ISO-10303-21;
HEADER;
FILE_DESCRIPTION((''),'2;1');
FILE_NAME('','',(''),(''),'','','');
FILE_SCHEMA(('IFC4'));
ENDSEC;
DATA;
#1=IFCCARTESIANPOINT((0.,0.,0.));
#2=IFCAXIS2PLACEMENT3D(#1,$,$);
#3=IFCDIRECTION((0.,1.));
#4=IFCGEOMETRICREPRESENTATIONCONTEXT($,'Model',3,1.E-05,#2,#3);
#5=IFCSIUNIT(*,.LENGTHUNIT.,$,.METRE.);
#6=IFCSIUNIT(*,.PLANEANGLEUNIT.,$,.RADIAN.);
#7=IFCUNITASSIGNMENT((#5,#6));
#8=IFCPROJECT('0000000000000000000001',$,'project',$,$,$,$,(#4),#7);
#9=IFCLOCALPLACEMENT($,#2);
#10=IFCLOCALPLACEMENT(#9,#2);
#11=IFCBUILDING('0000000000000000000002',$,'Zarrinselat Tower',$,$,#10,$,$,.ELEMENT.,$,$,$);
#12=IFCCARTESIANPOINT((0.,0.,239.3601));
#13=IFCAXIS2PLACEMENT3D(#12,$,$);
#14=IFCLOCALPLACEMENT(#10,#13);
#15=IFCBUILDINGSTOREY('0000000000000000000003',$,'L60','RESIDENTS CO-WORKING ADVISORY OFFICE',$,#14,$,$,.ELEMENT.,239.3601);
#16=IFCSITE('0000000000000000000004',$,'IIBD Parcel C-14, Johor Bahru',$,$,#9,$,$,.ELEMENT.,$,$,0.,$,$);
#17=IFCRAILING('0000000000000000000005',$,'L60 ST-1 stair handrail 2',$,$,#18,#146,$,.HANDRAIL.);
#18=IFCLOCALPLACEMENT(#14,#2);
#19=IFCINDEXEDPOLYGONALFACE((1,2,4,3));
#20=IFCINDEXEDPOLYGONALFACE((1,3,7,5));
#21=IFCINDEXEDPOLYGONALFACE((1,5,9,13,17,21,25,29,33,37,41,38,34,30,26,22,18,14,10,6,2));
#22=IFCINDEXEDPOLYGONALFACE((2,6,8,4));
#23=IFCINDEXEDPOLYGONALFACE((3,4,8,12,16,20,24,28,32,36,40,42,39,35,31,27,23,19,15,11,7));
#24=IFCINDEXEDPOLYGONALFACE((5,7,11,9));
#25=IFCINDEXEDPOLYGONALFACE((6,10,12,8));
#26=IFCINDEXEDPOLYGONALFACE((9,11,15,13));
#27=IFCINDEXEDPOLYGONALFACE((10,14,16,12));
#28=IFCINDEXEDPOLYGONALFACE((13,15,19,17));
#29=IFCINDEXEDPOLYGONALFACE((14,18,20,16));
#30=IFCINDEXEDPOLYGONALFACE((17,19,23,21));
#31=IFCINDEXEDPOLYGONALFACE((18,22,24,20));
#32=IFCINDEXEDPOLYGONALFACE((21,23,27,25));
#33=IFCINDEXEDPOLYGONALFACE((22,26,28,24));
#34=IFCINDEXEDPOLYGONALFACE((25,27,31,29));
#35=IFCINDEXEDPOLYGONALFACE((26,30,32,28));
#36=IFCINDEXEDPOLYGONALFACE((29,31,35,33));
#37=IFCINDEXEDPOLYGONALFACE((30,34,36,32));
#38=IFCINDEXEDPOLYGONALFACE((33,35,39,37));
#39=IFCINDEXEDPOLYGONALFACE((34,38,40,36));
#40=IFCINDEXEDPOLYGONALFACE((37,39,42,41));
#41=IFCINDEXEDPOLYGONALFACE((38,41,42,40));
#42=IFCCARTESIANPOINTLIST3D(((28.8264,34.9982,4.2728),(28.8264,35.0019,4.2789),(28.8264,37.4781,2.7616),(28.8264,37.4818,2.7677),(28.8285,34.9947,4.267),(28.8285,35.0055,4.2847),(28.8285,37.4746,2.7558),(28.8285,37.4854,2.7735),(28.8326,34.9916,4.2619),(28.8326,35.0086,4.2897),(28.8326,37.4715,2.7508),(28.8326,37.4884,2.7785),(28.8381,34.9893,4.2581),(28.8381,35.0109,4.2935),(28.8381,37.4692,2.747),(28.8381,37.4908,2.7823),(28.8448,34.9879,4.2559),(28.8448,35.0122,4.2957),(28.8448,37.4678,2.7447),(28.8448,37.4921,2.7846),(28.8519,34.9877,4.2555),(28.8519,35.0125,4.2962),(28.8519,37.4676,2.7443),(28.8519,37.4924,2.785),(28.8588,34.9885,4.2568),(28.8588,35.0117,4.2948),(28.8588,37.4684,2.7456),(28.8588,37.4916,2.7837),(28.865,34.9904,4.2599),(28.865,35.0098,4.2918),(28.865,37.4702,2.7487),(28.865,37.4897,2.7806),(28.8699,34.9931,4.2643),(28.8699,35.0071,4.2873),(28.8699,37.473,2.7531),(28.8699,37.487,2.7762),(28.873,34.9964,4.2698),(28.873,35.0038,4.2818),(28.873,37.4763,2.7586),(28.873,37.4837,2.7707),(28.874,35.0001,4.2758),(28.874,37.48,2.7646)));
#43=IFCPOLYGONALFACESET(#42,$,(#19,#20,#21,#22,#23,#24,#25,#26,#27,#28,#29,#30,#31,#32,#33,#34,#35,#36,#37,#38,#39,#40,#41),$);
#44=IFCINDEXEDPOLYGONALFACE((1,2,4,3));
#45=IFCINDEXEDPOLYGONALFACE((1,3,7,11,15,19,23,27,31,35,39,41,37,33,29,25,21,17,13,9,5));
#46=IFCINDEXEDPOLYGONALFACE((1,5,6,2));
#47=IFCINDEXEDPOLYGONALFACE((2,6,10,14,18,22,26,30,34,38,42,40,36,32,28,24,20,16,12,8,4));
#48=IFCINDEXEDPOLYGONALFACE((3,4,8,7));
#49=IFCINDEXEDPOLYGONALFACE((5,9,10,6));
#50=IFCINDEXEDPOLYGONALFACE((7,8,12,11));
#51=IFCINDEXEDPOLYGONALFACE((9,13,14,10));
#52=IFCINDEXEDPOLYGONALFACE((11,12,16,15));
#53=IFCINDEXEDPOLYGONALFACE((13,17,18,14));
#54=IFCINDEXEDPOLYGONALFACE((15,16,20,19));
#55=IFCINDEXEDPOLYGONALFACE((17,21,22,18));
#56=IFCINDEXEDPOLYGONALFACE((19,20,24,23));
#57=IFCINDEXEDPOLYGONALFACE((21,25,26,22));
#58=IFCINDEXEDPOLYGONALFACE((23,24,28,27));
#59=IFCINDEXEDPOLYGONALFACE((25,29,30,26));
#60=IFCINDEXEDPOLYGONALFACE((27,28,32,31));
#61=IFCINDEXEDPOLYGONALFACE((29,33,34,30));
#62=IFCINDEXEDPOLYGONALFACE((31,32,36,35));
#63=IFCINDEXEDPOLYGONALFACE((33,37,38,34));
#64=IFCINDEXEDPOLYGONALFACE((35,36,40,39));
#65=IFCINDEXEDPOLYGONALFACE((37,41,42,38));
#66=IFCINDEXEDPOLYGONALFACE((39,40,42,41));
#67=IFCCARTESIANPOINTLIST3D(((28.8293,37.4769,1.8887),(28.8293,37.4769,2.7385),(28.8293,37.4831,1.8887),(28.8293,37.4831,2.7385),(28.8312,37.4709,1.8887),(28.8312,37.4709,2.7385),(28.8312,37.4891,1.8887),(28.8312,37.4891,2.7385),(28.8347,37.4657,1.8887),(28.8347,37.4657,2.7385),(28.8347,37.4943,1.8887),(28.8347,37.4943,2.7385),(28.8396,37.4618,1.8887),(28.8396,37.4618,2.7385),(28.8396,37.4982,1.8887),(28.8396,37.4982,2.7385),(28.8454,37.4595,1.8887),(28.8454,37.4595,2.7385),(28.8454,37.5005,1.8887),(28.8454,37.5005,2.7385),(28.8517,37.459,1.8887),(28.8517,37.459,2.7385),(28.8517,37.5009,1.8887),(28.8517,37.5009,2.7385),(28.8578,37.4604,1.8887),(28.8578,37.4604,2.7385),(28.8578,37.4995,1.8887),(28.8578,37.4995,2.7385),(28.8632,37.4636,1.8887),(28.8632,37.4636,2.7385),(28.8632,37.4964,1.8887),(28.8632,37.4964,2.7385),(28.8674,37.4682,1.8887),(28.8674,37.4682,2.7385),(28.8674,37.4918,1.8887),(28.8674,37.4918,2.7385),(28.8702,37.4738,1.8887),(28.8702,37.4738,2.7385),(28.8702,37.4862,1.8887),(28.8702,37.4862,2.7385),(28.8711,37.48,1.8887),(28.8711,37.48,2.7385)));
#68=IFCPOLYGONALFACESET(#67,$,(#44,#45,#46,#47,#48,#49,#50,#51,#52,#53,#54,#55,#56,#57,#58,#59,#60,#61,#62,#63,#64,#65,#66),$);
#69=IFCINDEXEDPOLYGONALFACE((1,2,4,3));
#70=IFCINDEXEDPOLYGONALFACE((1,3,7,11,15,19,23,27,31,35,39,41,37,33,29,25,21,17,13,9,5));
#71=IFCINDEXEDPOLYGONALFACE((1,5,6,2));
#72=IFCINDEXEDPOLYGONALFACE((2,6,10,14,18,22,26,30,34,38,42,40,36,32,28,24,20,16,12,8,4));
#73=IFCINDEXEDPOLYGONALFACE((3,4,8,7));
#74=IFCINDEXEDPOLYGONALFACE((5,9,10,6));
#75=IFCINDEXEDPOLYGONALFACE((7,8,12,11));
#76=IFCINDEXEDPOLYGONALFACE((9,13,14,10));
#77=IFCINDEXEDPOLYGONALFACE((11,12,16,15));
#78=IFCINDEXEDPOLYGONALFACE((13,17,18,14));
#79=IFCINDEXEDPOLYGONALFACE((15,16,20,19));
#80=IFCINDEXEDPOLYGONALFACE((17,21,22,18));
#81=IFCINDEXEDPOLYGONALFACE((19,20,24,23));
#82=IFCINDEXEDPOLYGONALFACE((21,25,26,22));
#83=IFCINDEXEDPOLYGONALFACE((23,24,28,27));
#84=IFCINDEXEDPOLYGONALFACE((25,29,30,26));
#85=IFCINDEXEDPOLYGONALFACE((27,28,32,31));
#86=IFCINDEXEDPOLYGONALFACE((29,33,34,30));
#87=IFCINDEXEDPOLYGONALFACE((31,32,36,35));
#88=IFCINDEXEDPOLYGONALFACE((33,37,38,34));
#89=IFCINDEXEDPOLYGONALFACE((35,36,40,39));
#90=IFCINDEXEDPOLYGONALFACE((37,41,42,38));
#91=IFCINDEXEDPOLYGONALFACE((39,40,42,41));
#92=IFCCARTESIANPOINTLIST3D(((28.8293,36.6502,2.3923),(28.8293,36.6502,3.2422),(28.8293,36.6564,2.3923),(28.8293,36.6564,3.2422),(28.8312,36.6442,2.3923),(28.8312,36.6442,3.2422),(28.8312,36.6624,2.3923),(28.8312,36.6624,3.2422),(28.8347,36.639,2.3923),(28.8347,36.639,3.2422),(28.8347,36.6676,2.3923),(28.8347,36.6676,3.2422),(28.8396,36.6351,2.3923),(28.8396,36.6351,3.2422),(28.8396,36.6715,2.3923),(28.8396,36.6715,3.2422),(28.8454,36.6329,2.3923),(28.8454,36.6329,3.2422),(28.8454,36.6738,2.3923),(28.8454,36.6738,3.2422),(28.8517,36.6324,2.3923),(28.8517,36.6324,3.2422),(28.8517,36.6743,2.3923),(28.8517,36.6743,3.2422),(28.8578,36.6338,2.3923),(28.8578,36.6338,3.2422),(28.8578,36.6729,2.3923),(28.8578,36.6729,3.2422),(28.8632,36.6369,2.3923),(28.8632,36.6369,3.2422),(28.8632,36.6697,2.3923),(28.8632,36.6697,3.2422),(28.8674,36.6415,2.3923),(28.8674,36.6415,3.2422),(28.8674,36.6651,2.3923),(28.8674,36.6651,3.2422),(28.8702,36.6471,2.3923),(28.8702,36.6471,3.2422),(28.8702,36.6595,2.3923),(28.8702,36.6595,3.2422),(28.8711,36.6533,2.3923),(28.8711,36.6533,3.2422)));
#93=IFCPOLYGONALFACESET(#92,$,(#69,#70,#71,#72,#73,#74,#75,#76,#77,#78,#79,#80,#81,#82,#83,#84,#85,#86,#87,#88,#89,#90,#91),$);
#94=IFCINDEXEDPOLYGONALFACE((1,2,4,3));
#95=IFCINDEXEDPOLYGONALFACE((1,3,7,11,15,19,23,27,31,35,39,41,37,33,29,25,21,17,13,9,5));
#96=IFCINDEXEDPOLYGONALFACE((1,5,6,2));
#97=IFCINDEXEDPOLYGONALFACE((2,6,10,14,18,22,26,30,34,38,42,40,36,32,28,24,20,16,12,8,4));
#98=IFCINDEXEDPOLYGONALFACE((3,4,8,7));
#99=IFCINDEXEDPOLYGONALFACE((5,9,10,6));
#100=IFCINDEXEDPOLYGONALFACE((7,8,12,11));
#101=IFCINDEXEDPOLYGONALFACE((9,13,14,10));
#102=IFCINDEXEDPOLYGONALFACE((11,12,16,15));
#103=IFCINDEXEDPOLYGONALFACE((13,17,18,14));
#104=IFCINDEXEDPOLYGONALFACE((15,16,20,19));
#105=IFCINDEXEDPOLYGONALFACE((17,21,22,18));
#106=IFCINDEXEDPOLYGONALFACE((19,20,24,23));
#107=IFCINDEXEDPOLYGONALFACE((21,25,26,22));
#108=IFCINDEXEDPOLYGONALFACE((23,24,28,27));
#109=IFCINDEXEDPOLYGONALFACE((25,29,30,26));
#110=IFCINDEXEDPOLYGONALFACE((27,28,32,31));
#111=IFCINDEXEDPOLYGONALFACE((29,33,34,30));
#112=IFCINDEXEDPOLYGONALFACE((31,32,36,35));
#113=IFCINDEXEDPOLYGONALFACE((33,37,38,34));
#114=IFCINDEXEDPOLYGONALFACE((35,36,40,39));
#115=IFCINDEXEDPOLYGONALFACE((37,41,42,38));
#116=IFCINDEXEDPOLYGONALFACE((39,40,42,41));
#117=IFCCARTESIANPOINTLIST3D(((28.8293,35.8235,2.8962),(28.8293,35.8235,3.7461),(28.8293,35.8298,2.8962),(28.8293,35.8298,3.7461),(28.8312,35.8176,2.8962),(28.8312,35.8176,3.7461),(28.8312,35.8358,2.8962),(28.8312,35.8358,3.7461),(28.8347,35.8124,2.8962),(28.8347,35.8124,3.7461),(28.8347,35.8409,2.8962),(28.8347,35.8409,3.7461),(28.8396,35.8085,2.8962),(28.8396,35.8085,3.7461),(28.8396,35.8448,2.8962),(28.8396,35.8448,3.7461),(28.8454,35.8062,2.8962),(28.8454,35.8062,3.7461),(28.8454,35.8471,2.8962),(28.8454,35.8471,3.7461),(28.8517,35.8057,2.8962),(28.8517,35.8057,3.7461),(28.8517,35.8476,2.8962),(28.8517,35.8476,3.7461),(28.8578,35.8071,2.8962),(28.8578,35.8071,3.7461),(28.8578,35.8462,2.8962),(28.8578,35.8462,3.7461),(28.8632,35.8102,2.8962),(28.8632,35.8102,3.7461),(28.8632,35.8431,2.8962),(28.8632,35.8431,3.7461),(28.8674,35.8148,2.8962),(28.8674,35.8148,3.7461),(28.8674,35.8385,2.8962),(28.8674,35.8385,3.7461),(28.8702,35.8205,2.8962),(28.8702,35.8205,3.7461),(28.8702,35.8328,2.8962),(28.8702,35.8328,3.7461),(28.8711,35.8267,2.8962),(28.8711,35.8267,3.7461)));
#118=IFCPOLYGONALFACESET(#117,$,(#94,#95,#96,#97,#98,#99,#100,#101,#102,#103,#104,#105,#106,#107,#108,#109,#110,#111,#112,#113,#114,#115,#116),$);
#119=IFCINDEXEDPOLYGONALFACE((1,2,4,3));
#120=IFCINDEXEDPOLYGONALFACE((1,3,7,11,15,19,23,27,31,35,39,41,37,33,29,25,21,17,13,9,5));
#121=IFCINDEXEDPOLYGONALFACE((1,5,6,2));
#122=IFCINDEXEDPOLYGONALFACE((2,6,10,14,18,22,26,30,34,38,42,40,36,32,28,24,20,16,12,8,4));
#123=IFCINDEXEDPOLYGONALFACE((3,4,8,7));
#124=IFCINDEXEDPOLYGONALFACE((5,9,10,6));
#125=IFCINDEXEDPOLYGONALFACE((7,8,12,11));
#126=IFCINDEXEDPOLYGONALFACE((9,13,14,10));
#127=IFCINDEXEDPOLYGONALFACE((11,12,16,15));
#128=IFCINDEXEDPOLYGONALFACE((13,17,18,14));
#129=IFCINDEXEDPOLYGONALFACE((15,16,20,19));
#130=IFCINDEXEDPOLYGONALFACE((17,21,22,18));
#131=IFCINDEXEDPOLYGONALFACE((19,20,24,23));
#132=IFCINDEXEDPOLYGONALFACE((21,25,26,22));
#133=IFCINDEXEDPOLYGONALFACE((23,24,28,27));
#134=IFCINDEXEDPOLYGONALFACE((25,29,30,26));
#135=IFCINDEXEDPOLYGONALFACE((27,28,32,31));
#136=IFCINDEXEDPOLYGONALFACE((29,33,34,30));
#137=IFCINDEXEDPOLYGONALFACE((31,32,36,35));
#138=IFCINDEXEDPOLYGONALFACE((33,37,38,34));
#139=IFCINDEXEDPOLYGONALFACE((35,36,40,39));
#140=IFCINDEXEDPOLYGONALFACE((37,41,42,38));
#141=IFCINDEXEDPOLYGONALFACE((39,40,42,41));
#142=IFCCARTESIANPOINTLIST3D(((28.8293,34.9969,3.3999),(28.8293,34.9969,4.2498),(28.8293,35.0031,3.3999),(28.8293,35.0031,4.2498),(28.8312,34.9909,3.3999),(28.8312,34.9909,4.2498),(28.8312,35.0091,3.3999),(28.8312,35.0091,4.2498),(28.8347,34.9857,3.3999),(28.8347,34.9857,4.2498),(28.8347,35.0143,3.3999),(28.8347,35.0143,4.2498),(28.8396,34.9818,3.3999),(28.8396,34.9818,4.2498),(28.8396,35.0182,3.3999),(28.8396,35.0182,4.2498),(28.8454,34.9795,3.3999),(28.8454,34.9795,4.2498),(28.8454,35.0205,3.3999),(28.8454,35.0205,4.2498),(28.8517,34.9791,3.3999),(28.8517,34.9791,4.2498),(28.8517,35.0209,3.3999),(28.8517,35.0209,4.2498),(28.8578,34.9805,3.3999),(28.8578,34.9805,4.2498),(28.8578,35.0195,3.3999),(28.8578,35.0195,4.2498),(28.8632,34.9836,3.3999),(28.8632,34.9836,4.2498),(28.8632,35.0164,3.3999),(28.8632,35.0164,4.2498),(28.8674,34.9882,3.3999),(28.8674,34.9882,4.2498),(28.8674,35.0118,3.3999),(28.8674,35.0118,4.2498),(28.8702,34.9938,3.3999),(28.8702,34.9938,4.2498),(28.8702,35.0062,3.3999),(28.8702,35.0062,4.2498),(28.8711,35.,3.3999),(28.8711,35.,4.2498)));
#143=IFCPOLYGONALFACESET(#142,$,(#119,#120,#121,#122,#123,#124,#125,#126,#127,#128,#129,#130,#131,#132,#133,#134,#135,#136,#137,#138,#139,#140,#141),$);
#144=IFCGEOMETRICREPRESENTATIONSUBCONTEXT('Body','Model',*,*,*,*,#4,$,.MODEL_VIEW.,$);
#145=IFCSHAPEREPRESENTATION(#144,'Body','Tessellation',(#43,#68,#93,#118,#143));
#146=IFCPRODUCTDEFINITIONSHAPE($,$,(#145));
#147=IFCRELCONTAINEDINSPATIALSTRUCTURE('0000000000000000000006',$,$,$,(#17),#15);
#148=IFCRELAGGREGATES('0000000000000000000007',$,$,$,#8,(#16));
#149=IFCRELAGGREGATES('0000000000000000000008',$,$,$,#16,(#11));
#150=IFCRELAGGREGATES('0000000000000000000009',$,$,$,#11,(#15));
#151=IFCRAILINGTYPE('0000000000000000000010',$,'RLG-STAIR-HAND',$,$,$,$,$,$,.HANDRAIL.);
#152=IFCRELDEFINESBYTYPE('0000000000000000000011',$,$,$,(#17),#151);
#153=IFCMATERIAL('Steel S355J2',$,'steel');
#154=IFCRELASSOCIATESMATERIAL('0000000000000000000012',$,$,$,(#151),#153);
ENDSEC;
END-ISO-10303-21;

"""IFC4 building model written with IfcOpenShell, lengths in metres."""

from ifc_helpers import new_model, si_unit, direction, frame, origin, origin_2d, place, context, subcontext, project, spatial, circle, extrude, material, type_object, element, save


model = new_model("IFC4")

# Units and contexts
model_context = context("Model", 3, precision=1e-05, world=origin(), true_north=direction((0.0, 1.0)))
body_context = subcontext(model_context, "Body", "Model", "MODEL_VIEW")
ifc_project = project(units=[si_unit("LENGTHUNIT", "METRE"), si_unit("PLANEANGLEUNIT", "RADIAN")], contexts=[model_context])

# Site, building, storey
site_placement = place(None, origin())
site = spatial("IfcSite", under=ifc_project, at=site_placement, Name="IIBD Parcel C-14, Johor Bahru", CompositionType="ELEMENT", RefElevation=0.0)
building_placement = place(site_placement, origin())
building = spatial("IfcBuilding", under=site, at=building_placement, Name="Zarrinselat Tower", CompositionType="ELEMENT")
storey_placement = place(building_placement, frame((0.0, 0.0, 239.3601)))
storey = spatial("IfcBuildingStorey", under=building, at=storey_placement, Name="L60", Description="RESIDENTS CO-WORKING ADVISORY OFFICE", CompositionType="ELEMENT", Elevation=239.3601)

# Railing
ifc_material_1 = material(Name="Steel S355J2", Category="steel")
railing_type_1 = type_object("IfcRailingType", Name="RLG-STAIR-HAND", PredefinedType="HANDRAIL", material=ifc_material_1)
railing_1_placement = place(storey_placement, frame((28.8501, 37.48, 1.8887)))
element("IfcRailing", 1, at=railing_1_placement, inside=storey, type_object=railing_type_1, Name="L60 ST-1 stair handrail 2", PredefinedType="HANDRAIL", context=body_context, shape_type="SweptSolid", body=[
    extrude(circle(Radius=0.0239, at=origin_2d()), frame((0.0, 0.0, 0.876), z_axis=(0.0, -0.853942, 0.520368), x_axis=(1.0, 0.0, 0.0)), (0.0, 0.0, 1.0), 2.9041),
    extrude(circle(Radius=0.021, at=origin_2d()), origin(), (0.0, 0.0, 1.0), 0.8499),
    extrude(circle(Radius=0.021, at=origin_2d()), frame((0.0, -0.8267, 0.5037)), (0.0, 0.0, 1.0), 0.8499),
    extrude(circle(Radius=0.021, at=origin_2d()), frame((0.0, -1.6533, 1.0076)), (0.0, 0.0, 1.0), 0.8499),
    extrude(circle(Radius=0.021, at=origin_2d()), frame((0.0, -2.48, 1.5112)), (0.0, 0.0, 1.0), 0.8499),
])

save(model, "model.ifc")
